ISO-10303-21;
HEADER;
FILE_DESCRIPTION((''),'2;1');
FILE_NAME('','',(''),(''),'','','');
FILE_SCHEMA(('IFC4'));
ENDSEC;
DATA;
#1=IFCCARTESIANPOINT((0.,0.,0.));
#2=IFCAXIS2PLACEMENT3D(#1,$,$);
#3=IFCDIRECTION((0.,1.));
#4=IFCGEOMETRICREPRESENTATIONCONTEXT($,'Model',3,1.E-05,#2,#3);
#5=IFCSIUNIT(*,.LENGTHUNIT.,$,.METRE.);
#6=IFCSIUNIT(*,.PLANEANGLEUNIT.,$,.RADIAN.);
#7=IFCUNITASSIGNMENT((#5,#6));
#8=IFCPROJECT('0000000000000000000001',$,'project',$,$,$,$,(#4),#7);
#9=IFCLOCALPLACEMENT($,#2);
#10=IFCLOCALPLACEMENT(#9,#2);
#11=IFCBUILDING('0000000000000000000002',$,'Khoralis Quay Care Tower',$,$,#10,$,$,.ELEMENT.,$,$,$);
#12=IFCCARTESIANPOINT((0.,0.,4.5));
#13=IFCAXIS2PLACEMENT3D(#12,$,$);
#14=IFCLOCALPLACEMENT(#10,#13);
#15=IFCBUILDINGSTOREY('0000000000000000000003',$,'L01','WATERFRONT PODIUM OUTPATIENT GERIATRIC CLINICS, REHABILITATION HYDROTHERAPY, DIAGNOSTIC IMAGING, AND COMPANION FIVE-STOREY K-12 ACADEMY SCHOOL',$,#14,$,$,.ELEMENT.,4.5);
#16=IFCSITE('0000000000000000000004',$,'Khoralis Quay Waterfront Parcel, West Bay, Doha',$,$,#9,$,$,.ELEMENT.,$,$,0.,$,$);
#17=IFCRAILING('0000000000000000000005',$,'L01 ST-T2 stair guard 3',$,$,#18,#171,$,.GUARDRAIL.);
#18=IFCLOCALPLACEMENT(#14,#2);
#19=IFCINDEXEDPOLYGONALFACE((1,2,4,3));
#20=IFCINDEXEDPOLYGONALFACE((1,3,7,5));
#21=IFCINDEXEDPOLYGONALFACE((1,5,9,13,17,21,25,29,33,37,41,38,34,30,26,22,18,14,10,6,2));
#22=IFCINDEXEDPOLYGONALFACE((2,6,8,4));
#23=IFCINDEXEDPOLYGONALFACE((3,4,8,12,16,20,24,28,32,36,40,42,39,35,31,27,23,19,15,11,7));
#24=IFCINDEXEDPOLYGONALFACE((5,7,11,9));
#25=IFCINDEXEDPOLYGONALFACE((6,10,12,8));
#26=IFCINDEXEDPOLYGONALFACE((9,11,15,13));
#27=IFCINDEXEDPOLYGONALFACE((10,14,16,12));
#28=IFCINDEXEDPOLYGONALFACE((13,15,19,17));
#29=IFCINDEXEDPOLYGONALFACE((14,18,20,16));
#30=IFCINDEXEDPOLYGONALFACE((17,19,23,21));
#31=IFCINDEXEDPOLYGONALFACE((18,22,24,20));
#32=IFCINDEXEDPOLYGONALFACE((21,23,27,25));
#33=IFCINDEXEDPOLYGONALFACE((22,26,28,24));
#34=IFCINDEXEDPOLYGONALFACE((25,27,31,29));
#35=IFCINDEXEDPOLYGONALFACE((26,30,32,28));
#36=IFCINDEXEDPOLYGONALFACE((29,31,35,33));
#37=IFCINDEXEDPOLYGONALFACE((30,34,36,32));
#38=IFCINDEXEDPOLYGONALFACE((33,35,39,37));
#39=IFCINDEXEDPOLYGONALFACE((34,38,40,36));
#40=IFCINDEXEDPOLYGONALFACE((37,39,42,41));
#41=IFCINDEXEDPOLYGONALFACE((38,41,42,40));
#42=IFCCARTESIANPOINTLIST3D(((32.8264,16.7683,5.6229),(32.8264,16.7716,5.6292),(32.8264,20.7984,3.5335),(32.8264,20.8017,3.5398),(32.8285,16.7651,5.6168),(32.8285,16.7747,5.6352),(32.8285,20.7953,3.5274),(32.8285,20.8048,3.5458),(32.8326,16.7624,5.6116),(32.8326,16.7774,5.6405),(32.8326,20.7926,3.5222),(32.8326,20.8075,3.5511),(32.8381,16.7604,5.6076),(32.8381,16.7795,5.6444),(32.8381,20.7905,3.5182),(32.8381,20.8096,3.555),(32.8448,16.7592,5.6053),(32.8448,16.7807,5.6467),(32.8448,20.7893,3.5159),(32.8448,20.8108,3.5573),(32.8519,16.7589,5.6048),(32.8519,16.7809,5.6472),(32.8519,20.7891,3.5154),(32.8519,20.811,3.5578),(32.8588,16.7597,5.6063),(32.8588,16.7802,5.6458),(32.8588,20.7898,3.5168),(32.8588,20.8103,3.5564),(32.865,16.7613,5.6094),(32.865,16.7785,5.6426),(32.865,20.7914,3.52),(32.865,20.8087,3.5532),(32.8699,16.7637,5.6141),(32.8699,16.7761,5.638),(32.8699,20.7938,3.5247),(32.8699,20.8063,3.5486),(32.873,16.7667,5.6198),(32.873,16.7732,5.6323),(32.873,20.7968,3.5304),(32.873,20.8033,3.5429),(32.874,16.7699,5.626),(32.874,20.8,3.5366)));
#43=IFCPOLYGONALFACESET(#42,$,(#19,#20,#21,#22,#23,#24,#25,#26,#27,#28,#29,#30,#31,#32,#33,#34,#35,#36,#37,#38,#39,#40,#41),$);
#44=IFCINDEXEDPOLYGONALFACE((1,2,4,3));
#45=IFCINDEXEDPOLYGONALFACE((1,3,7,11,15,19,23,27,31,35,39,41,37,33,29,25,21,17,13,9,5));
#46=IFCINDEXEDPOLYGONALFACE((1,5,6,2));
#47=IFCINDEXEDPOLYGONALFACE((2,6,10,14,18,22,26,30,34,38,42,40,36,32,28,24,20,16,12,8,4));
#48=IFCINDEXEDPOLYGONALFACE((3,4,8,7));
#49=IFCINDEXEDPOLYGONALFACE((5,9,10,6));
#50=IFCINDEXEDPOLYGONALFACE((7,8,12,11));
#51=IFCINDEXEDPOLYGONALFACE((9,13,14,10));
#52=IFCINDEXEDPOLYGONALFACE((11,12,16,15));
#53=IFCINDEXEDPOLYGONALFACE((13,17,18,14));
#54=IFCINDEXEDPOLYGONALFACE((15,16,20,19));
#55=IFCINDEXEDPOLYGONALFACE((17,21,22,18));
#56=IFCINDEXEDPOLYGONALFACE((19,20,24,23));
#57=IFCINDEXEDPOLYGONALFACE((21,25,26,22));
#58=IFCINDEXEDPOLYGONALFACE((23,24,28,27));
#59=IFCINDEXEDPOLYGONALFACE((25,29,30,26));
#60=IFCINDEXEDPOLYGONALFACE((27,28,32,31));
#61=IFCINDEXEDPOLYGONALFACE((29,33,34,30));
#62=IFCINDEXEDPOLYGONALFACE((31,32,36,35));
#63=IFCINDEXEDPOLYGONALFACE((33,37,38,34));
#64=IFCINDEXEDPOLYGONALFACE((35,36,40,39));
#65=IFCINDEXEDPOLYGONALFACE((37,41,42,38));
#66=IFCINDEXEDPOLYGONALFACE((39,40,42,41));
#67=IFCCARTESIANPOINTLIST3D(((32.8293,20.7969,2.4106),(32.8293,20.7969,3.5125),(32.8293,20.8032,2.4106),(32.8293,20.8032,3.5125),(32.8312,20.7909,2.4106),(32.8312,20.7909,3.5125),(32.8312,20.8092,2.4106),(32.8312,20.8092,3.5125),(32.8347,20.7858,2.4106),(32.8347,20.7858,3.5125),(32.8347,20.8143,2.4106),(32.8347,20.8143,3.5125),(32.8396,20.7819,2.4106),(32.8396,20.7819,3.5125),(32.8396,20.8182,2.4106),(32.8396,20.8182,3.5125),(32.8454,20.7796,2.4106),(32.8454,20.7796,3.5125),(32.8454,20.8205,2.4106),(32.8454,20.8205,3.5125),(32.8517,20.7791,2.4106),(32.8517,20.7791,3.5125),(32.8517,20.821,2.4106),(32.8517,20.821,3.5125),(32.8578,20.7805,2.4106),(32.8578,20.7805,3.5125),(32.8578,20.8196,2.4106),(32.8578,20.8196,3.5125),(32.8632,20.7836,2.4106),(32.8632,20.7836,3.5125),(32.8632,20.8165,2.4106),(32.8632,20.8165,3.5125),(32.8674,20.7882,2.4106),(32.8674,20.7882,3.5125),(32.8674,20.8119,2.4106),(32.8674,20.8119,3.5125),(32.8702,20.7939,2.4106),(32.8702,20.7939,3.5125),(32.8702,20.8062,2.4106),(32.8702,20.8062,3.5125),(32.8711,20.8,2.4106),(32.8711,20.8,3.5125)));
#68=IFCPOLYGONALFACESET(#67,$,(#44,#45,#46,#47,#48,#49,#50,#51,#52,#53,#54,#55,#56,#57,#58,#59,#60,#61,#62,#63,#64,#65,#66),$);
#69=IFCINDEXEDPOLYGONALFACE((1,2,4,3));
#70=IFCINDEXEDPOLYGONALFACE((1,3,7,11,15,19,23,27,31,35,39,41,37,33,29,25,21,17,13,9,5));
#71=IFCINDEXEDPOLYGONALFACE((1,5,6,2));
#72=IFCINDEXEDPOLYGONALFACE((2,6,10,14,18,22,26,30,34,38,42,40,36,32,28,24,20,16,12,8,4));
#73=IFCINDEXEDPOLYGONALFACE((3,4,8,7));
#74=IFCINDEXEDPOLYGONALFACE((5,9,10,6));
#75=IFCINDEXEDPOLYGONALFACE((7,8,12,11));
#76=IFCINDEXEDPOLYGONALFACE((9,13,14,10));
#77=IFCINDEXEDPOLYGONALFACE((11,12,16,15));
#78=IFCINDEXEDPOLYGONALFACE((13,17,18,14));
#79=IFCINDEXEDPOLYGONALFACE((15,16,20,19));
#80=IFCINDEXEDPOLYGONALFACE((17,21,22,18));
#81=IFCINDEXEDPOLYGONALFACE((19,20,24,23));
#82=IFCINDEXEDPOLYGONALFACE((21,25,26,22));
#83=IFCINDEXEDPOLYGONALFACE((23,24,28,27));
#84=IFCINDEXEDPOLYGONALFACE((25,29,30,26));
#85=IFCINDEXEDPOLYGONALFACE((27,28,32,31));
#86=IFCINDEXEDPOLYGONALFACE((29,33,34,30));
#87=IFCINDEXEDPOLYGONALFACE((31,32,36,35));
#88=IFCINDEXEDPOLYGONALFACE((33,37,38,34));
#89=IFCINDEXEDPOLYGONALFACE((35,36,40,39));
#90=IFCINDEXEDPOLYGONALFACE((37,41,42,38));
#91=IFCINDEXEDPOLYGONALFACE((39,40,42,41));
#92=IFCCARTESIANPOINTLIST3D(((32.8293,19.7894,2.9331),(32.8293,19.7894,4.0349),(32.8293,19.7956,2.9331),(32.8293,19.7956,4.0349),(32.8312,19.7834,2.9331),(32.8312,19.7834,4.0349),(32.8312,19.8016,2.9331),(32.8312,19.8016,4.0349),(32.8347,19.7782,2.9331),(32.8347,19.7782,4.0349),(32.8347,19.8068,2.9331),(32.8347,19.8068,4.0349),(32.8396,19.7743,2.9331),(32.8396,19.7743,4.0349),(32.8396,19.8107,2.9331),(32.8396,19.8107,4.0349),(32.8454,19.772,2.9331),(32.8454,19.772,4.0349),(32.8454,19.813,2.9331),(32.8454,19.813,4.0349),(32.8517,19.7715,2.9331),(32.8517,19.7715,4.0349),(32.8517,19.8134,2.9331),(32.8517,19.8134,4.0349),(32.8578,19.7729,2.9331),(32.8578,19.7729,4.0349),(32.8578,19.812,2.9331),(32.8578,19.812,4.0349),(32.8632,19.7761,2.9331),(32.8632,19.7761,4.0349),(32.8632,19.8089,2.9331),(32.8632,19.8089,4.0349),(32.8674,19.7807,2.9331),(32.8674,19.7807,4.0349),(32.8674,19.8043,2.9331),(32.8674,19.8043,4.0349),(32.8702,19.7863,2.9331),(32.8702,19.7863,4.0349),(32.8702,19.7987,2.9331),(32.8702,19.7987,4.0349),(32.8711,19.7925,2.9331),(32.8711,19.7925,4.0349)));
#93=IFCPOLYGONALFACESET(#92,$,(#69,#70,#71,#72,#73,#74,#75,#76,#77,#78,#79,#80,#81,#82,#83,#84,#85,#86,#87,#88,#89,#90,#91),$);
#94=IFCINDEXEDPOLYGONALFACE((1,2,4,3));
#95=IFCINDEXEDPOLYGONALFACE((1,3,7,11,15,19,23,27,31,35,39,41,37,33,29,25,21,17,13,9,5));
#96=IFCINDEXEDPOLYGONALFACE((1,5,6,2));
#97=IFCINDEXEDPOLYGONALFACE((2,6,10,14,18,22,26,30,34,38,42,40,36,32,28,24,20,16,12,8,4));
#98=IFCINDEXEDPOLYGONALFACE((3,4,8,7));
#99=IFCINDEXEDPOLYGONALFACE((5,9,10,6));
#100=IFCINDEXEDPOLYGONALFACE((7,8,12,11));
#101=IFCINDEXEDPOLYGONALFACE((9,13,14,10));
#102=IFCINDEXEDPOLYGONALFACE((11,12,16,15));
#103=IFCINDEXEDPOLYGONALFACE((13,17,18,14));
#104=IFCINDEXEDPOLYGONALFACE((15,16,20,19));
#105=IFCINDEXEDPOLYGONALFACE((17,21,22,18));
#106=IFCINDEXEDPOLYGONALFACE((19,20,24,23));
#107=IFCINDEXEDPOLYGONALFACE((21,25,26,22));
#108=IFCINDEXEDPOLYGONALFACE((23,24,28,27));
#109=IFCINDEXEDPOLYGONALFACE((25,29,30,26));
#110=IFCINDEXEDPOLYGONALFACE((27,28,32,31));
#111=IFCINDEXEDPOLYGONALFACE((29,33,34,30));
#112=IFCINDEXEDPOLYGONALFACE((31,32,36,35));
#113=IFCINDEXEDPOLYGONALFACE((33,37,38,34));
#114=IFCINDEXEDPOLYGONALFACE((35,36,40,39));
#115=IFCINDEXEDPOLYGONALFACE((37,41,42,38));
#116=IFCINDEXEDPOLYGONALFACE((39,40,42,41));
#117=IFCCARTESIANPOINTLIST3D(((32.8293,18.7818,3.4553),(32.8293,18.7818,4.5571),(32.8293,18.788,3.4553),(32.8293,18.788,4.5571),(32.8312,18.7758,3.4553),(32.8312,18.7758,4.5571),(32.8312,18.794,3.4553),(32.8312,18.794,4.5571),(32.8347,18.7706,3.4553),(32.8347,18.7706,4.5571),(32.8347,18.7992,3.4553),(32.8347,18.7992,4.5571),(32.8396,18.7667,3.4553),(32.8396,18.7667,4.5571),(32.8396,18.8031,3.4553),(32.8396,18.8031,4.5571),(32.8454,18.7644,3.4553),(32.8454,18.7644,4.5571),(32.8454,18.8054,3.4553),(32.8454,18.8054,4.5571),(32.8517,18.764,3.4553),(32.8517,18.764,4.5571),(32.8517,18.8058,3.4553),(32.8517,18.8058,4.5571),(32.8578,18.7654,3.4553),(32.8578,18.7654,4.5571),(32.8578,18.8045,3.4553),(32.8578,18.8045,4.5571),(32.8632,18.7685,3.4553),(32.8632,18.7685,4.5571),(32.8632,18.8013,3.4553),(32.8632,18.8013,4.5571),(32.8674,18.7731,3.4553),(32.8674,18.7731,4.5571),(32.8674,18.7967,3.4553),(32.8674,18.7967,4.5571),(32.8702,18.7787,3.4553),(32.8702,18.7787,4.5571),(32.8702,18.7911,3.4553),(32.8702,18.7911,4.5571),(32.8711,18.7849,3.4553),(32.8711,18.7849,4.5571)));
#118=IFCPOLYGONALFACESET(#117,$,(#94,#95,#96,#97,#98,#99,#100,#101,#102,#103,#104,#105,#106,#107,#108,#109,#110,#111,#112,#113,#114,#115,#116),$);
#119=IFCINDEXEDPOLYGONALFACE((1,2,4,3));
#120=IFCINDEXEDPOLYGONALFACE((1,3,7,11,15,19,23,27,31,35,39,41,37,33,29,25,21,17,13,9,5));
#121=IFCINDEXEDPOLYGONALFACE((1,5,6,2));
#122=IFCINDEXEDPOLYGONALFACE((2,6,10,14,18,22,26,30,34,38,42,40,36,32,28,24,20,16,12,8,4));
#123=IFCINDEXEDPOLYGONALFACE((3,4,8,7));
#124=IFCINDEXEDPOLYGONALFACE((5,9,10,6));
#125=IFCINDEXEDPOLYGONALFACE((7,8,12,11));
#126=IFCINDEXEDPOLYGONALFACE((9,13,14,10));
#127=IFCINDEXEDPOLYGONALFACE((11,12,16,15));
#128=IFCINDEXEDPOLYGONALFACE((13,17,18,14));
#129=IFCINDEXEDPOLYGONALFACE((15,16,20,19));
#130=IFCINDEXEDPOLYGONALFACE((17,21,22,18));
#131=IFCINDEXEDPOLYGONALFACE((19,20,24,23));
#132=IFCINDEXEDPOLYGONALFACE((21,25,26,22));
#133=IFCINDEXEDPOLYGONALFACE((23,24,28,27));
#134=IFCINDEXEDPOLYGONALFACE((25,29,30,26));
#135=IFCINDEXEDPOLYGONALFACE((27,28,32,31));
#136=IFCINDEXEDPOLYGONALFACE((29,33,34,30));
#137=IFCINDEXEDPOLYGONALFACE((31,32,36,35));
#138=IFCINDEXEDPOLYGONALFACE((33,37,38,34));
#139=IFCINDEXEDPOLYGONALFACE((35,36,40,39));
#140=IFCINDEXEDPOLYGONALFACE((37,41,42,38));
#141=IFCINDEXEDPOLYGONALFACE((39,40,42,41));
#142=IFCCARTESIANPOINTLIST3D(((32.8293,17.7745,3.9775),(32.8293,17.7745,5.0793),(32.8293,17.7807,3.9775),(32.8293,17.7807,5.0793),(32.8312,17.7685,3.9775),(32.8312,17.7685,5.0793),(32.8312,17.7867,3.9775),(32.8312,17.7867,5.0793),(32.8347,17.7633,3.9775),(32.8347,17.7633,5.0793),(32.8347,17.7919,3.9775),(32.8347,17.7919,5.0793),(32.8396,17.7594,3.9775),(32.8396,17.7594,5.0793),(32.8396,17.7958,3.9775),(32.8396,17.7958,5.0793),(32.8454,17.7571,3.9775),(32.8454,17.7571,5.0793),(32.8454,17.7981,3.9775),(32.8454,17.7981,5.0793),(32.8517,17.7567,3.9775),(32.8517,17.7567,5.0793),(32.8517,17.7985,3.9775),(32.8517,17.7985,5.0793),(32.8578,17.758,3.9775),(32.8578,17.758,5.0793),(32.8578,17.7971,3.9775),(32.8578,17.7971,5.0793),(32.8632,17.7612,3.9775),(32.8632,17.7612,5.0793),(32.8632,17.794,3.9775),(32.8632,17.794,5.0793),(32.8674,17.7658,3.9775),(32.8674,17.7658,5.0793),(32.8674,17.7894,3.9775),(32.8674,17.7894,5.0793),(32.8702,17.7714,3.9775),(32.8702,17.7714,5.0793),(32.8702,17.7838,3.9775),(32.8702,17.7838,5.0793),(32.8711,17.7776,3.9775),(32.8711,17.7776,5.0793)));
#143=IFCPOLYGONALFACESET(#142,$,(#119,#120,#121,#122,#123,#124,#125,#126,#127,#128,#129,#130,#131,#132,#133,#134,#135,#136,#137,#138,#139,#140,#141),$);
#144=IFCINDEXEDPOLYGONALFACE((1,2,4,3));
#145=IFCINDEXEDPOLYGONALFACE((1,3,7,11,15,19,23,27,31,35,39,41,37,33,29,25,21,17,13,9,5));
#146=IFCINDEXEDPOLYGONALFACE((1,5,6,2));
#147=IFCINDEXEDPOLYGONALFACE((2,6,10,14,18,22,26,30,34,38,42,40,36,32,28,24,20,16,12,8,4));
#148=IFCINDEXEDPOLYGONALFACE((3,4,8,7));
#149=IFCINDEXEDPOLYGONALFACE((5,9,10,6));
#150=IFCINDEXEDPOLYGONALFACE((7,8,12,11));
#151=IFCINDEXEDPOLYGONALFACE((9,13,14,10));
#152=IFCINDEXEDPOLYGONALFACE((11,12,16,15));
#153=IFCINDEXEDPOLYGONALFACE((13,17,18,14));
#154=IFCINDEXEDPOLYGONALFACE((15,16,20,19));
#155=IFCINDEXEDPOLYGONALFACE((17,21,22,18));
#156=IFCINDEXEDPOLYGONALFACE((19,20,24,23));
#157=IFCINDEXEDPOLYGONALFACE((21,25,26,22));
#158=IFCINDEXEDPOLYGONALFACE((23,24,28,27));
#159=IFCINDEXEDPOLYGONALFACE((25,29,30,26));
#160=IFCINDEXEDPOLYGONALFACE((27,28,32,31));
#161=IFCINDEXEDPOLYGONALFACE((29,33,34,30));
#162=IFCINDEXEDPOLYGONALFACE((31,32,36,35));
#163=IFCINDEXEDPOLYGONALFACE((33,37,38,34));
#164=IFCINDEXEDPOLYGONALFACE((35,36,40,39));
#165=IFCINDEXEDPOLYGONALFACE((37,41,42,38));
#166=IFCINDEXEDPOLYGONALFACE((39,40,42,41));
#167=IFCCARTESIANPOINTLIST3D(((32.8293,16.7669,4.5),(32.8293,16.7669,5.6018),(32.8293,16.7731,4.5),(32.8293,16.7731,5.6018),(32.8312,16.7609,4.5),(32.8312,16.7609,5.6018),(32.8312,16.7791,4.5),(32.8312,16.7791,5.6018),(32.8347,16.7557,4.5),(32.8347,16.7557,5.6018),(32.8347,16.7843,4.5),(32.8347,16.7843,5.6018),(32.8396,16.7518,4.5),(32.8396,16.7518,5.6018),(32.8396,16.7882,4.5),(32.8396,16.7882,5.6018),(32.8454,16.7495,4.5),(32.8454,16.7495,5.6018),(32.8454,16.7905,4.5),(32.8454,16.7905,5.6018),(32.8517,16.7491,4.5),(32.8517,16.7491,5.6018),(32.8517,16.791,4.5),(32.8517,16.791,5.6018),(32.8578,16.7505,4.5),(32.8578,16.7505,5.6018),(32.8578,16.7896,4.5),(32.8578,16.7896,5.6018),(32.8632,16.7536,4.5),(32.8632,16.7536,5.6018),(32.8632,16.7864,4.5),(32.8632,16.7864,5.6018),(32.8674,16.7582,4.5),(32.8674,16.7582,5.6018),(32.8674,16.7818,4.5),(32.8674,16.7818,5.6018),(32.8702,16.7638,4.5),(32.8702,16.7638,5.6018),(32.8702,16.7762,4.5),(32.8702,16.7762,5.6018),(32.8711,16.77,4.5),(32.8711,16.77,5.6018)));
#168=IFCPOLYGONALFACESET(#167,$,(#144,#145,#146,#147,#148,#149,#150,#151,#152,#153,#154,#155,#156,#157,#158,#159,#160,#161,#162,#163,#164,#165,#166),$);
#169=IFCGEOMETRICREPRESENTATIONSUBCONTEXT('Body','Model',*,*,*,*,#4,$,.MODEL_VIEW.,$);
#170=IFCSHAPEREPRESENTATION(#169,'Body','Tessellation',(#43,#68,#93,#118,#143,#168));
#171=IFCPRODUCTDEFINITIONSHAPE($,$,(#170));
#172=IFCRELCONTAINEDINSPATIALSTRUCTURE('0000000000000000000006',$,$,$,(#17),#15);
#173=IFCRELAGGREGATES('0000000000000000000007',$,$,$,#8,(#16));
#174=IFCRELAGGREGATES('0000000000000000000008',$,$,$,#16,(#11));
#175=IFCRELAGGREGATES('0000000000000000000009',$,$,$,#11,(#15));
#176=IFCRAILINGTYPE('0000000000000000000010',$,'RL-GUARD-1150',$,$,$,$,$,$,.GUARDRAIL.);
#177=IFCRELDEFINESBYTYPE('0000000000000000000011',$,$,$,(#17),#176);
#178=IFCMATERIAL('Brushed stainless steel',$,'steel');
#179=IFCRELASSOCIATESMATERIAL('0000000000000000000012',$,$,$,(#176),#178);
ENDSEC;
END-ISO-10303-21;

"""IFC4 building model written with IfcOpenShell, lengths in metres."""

from ifc_helpers import new_model, si_unit, direction, frame, origin, origin_2d, place, context, subcontext, project, spatial, circle, extrude, material, type_object, element, save


model = new_model("IFC4")

# Units and contexts
model_context = context("Model", 3, precision=1e-05, world=origin(), true_north=direction((0.0, 1.0)))
body_context = subcontext(model_context, "Body", "Model", "MODEL_VIEW")
ifc_project = project(units=[si_unit("LENGTHUNIT", "METRE"), si_unit("PLANEANGLEUNIT", "RADIAN")], contexts=[model_context])

# Site, building, storey
site_placement = place(None, origin())
site = spatial("IfcSite", under=ifc_project, at=site_placement, Name="Khoralis Quay Waterfront Parcel, West Bay, Doha", CompositionType="ELEMENT", RefElevation=0.0)
building_placement = place(site_placement, origin())
building = spatial("IfcBuilding", under=site, at=building_placement, Name="Khoralis Quay Care Tower", CompositionType="ELEMENT")
storey_placement = place(building_placement, frame((0.0, 0.0, 4.5)))
storey = spatial("IfcBuildingStorey", under=building, at=storey_placement, Name="L01", Description="WATERFRONT PODIUM OUTPATIENT GERIATRIC CLINICS, REHABILITATION HYDROTHERAPY, DIAGNOSTIC IMAGING, AND COMPANION FIVE-STOREY K-12 ACADEMY SCHOOL", CompositionType="ELEMENT", Elevation=4.5)

# Shared definitions
ifc_material_1 = material(Name="Brushed stainless steel", Category="steel")

# Railing
railing_type_1 = type_object("IfcRailingType", Name="RL-GUARD-1150", PredefinedType="GUARDRAIL", material=ifc_material_1)
railing_1_placement = place(storey_placement, frame((32.8501, 20.8, 2.4106)))
element("IfcRailing", 1, at=railing_1_placement, inside=storey, type_object=railing_type_1, Name="L01 ST-T2 stair guard 3", PredefinedType="GUARDRAIL", context=body_context, shape_type="SweptSolid", body=[
    extrude(circle(Radius=0.0239, at=origin_2d()), frame((0.0, 0.0, 1.126), z_axis=(0.0, -0.887781, 0.460267), x_axis=(1.0, 0.0, 0.0)), (0.0, 0.0, 1.0), 4.5396),
    extrude(circle(Radius=0.021, at=origin_2d()), origin(), (0.0, 0.0, 1.0), 1.1018),
    extrude(circle(Radius=0.021, at=origin_2d()), frame((0.0, -1.0076, 0.5225)), (0.0, 0.0, 1.0), 1.1018),
    extrude(circle(Radius=0.021, at=origin_2d()), frame((0.0, -2.0151, 1.0447)), (0.0, 0.0, 1.0), 1.1018),
    extrude(circle(Radius=0.021, at=origin_2d()), frame((0.0, -3.0225, 1.5669)), (0.0, 0.0, 1.0), 1.1018),
    extrude(circle(Radius=0.021, at=origin_2d()), frame((0.0, -4.03, 2.0894)), (0.0, 0.0, 1.0), 1.1018),
])

save(model, "model.ifc")
